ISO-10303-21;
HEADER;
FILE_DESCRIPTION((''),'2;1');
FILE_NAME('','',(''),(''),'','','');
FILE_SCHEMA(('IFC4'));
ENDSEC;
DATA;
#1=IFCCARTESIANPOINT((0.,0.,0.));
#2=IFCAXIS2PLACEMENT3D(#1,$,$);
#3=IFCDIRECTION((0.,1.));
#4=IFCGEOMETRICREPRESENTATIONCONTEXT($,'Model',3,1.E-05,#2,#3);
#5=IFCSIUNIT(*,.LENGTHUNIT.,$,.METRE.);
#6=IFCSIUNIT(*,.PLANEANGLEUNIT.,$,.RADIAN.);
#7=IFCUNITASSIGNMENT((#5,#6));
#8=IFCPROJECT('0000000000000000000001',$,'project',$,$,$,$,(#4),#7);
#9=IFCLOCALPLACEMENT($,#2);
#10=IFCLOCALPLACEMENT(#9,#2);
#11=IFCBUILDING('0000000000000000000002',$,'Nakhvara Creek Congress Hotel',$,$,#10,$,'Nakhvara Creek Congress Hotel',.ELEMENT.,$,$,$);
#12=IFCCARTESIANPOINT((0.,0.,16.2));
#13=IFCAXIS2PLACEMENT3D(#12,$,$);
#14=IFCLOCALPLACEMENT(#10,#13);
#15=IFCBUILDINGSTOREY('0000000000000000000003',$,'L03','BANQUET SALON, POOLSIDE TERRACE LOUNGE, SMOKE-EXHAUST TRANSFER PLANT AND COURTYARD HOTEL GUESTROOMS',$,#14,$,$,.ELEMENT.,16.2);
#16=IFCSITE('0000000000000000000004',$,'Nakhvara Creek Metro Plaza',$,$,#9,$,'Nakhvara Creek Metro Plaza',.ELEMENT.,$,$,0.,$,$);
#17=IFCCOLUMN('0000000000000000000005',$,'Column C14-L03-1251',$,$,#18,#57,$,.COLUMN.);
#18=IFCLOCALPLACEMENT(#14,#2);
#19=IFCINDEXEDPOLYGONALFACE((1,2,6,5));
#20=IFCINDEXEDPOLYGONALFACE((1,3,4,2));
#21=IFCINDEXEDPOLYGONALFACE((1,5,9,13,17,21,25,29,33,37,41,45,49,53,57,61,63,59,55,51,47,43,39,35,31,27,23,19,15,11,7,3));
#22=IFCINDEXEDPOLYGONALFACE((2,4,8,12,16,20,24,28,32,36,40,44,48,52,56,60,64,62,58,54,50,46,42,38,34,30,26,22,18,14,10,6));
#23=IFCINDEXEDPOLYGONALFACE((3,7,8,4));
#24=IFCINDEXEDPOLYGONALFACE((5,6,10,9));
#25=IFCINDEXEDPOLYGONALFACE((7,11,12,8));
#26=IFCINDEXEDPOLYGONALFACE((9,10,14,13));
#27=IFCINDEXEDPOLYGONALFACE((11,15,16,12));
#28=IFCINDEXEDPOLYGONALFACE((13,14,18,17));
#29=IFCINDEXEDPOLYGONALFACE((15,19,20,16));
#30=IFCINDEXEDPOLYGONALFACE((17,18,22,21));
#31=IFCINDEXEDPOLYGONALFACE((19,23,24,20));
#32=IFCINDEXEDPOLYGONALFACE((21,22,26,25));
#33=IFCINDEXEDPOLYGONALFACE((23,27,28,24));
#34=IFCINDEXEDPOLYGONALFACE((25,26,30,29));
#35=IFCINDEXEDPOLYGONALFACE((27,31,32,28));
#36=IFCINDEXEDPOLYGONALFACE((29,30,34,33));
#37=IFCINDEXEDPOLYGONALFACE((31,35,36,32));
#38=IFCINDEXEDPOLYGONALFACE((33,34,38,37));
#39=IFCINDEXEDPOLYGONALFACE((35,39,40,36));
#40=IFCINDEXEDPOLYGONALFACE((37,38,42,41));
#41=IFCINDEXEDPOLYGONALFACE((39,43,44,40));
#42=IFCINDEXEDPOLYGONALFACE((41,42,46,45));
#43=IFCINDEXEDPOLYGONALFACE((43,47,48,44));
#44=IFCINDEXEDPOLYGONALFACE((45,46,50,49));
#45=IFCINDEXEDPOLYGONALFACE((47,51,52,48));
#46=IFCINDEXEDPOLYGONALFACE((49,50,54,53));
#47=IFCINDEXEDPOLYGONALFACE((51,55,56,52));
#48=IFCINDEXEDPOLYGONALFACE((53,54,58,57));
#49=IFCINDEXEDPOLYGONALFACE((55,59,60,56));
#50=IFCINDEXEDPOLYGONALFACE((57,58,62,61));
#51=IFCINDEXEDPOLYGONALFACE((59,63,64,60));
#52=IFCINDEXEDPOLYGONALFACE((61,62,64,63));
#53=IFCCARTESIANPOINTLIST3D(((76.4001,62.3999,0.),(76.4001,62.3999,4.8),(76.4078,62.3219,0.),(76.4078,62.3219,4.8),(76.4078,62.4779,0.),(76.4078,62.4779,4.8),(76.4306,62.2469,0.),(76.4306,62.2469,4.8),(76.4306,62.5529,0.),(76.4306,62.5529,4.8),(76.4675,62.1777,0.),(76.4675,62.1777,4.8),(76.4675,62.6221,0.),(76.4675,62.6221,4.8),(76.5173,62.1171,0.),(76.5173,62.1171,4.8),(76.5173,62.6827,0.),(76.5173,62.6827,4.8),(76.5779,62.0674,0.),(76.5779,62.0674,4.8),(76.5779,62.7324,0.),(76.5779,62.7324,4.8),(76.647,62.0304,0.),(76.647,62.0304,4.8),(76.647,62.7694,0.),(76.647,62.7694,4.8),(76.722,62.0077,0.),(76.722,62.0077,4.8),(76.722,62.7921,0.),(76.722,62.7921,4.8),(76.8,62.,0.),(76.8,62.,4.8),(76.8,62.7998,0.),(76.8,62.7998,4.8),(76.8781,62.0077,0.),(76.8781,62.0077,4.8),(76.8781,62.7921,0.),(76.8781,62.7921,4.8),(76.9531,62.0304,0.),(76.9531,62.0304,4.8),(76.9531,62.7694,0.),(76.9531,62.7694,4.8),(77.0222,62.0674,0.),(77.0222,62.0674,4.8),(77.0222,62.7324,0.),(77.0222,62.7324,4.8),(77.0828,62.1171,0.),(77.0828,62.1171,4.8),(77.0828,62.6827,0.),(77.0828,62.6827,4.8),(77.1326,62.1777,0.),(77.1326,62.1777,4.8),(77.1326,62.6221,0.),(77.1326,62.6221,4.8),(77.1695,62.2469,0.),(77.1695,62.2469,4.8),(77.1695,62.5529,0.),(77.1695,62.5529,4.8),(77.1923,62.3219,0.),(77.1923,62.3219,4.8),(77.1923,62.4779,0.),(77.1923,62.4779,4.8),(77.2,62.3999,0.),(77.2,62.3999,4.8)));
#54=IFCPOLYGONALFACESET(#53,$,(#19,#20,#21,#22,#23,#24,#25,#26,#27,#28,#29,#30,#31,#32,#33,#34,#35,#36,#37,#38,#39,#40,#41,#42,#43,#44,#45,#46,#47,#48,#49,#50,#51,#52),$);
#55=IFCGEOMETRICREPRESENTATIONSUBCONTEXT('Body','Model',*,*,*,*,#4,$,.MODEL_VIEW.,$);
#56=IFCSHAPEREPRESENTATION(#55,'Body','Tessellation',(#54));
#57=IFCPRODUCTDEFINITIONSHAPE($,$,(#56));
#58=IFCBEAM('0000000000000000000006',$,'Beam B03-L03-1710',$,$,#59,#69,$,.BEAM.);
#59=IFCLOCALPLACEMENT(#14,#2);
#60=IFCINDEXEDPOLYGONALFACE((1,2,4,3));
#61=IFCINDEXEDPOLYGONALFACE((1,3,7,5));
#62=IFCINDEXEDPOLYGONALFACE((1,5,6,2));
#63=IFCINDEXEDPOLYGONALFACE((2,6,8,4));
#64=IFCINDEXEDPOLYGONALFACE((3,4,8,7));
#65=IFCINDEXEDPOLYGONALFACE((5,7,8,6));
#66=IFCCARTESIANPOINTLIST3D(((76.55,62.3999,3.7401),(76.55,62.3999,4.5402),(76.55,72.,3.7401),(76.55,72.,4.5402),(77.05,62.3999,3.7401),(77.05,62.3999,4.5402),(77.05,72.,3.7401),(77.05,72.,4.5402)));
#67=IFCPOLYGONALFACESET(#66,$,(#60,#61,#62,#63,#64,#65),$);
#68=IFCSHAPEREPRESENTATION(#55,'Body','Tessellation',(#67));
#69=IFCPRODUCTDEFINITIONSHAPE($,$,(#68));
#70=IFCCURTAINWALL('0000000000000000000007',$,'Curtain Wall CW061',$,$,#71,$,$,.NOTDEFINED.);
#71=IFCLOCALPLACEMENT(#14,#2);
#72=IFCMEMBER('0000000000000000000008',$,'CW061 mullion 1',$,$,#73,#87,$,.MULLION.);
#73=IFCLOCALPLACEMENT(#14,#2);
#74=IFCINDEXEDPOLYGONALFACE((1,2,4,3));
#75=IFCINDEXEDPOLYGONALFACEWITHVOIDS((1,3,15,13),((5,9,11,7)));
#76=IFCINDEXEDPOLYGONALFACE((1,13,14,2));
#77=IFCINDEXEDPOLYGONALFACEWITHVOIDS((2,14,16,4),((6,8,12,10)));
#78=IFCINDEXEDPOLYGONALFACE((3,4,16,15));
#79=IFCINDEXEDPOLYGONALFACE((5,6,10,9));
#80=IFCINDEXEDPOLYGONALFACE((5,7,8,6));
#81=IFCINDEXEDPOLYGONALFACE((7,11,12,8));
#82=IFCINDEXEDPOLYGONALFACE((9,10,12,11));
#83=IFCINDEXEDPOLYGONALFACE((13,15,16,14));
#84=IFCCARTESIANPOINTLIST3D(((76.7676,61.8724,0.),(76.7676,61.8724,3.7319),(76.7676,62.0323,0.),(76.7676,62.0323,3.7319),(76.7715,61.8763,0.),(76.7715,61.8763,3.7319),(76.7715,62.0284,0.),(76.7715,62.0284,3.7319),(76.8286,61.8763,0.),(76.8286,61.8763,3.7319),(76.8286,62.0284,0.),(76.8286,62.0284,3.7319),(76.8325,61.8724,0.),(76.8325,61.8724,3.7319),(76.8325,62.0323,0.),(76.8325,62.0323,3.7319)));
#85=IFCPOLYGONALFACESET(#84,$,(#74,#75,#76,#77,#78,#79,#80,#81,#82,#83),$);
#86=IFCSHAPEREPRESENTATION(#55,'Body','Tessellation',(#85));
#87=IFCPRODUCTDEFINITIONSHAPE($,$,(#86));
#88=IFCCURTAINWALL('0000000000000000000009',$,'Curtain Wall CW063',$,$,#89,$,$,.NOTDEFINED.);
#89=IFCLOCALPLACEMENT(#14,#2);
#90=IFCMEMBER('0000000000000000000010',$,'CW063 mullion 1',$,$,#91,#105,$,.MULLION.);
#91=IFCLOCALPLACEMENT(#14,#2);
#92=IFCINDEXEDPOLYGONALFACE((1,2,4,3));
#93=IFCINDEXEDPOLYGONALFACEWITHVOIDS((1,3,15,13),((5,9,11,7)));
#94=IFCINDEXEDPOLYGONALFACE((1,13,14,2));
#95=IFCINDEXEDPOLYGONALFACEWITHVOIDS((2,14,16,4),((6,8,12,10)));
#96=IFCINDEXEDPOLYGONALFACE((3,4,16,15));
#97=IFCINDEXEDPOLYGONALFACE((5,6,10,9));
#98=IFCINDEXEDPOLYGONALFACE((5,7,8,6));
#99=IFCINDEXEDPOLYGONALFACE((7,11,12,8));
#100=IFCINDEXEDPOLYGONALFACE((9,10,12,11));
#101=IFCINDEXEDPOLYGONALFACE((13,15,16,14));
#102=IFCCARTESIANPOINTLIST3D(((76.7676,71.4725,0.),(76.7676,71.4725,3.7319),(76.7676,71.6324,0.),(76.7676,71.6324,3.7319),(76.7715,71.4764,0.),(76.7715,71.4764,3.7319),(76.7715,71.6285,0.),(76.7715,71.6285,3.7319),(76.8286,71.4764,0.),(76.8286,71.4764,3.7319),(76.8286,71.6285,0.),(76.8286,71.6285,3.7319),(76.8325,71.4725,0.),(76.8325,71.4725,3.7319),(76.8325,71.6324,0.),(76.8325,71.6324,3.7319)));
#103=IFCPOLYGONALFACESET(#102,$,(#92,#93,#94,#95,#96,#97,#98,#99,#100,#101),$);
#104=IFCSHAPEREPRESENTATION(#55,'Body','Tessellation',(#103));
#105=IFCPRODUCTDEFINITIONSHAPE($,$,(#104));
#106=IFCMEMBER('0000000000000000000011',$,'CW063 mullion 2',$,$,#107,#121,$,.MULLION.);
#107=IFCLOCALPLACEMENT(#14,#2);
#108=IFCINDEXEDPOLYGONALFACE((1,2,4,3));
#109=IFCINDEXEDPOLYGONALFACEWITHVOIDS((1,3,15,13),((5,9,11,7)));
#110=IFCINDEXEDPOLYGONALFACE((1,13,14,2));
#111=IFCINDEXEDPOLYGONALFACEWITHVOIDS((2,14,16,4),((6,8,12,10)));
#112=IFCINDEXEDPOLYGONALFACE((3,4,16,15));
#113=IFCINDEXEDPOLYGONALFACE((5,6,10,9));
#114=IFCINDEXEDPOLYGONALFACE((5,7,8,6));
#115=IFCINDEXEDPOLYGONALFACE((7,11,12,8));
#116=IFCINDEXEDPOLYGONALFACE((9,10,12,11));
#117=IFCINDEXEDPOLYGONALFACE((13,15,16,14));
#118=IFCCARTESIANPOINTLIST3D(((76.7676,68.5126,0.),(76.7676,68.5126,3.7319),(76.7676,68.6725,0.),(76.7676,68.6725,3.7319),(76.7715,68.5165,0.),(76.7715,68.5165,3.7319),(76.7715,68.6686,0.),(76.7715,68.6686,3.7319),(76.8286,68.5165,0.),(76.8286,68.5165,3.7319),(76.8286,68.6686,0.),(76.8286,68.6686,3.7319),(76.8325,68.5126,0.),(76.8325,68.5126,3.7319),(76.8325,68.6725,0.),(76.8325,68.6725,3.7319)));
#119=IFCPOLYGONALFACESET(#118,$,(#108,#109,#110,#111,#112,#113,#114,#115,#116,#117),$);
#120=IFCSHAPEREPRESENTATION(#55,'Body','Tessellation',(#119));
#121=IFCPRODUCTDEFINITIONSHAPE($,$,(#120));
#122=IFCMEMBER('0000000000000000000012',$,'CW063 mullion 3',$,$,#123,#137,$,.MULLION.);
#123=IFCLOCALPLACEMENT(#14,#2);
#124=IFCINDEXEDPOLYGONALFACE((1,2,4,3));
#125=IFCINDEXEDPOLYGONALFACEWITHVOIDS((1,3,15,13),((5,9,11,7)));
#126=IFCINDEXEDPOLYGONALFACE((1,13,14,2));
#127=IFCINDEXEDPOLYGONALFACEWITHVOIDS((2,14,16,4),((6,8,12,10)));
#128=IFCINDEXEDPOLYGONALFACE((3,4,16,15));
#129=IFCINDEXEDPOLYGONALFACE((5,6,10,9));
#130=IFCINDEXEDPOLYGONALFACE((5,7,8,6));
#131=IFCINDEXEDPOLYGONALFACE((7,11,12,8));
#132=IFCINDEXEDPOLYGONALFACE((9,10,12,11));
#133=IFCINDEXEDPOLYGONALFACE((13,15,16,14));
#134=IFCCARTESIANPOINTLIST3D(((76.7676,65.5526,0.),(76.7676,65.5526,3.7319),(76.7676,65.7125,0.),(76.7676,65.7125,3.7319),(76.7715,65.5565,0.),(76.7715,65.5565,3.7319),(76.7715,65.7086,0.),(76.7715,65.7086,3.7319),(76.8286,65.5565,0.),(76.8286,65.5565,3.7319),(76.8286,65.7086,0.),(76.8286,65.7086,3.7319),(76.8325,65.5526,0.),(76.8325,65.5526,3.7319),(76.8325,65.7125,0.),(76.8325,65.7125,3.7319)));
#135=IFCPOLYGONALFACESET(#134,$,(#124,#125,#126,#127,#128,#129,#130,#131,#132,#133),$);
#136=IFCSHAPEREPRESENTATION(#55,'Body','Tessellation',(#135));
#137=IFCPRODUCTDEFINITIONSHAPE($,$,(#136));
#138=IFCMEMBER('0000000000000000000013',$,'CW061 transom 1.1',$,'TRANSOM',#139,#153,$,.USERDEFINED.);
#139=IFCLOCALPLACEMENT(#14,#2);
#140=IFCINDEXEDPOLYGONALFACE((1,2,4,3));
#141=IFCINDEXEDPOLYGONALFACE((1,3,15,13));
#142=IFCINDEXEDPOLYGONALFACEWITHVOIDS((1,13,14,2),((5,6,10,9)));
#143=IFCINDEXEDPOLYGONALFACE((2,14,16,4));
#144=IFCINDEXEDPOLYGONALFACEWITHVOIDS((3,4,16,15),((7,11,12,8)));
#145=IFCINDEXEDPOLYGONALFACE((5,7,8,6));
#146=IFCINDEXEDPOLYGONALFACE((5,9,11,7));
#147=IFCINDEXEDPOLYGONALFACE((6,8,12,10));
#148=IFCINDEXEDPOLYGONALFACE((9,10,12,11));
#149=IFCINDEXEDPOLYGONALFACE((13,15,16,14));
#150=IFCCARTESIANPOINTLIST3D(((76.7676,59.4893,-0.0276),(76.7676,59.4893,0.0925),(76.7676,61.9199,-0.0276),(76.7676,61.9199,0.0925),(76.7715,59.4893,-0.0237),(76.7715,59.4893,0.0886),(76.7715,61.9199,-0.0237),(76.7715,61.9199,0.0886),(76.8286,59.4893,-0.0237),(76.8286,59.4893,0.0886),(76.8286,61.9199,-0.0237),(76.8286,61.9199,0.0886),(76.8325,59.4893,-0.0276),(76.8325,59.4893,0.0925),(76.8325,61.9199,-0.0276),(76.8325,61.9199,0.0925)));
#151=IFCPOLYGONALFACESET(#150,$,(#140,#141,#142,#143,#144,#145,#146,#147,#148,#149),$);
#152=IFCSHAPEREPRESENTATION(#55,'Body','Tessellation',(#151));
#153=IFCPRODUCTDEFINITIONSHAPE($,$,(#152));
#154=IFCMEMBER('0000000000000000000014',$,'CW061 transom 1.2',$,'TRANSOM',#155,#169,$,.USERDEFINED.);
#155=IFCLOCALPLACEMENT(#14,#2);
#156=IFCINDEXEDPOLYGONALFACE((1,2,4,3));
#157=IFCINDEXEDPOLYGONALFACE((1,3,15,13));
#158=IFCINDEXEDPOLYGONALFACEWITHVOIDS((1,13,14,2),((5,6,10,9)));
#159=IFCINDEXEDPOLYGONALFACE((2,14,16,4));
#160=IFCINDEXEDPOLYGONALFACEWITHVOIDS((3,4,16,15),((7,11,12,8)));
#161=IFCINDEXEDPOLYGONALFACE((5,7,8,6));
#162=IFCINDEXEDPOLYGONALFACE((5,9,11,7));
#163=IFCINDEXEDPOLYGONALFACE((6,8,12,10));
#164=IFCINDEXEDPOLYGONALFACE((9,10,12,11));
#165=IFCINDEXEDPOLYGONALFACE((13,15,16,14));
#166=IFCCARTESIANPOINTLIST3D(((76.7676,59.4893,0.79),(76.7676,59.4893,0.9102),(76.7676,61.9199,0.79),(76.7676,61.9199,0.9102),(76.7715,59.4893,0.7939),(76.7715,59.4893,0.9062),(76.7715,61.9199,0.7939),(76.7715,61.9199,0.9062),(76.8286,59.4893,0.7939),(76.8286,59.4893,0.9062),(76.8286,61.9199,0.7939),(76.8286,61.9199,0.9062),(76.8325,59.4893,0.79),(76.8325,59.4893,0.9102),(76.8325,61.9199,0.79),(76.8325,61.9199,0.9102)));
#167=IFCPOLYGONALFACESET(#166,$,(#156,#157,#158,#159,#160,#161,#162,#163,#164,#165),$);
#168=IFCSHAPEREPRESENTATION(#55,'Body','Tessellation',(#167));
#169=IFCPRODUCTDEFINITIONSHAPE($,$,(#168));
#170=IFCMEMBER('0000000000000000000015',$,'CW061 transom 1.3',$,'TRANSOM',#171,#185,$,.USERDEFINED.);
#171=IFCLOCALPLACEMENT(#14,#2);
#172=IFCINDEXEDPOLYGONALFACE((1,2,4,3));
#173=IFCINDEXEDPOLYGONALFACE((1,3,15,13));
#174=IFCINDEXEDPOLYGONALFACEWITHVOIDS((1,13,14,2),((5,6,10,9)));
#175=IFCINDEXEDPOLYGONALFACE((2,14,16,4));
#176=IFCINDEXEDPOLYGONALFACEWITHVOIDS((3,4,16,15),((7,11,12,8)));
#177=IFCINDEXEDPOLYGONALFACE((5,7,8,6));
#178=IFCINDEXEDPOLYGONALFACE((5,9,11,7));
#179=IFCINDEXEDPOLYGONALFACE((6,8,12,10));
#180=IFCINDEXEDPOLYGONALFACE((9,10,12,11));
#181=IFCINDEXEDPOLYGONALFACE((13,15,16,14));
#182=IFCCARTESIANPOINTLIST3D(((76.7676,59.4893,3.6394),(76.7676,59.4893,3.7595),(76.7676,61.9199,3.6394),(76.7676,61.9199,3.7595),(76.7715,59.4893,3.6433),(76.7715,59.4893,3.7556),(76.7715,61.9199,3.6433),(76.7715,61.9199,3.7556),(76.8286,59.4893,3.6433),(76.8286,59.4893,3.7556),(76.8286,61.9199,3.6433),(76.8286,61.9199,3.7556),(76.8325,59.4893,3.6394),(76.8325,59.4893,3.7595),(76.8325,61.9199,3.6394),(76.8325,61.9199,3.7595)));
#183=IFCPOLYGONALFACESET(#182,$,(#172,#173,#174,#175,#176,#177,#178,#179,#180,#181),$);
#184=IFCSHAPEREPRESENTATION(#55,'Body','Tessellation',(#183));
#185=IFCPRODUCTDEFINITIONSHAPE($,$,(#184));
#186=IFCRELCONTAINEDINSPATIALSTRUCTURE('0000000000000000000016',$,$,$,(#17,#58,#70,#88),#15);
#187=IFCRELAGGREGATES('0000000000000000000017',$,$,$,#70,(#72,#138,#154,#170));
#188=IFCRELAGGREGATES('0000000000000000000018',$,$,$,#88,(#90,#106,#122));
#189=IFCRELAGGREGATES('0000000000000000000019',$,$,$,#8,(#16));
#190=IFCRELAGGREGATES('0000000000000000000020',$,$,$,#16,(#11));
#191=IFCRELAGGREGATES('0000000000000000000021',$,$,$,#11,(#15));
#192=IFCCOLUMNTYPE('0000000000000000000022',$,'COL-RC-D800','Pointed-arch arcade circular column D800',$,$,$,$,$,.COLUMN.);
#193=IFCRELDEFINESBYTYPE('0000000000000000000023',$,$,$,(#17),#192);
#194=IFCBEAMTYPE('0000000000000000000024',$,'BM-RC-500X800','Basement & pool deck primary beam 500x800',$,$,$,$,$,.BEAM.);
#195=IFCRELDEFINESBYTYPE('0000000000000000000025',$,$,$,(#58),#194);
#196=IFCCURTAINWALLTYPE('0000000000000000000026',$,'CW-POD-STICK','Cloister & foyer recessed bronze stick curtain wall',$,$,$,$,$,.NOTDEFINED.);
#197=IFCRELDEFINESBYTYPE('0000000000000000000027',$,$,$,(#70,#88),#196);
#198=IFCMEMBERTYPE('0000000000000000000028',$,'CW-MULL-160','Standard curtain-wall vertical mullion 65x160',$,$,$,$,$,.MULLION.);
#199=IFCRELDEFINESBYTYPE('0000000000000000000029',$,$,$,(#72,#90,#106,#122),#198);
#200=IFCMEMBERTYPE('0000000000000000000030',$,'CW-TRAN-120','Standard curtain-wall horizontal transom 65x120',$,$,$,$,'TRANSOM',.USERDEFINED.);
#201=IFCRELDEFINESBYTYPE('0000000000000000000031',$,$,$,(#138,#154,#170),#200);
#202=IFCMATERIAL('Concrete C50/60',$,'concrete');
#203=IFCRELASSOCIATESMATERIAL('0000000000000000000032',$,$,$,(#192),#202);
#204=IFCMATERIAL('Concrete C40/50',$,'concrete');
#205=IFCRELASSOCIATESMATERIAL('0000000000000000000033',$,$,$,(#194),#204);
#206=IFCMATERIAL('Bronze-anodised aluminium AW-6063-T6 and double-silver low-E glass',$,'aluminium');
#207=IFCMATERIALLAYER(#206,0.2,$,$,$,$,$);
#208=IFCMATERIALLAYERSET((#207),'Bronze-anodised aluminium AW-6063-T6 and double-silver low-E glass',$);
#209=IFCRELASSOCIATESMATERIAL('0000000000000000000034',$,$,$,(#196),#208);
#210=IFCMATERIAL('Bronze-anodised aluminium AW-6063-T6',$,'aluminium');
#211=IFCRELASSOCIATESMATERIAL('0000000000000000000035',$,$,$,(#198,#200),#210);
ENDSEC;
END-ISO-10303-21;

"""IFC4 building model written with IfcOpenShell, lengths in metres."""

from ifc_helpers import new_model, si_unit, direction, frame, origin, origin_2d, place, context, subcontext, project, spatial, rectangle, hollow_rectangle, circle, extrude, material, layer, layer_set, material_profile, profile_set, type_object, element, aggregate, save


model = new_model("IFC4")

# Units and contexts
model_context = context("Model", 3, precision=1e-05, world=origin(), true_north=direction((0.0, 1.0)))
body_context = subcontext(model_context, "Body", "Model", "MODEL_VIEW")
ifc_project = project(units=[si_unit("LENGTHUNIT", "METRE"), si_unit("PLANEANGLEUNIT", "RADIAN")], contexts=[model_context])

# Site, building, storey
site_placement = place(None, origin())
site = spatial("IfcSite", under=ifc_project, at=site_placement, Name="Nakhvara Creek Metro Plaza", LongName="Nakhvara Creek Metro Plaza", CompositionType="ELEMENT", RefElevation=0.0)
building_placement = place(site_placement, origin())
building = spatial("IfcBuilding", under=site, at=building_placement, Name="Nakhvara Creek Congress Hotel", LongName="Nakhvara Creek Congress Hotel", CompositionType="ELEMENT")
storey_placement = place(building_placement, frame((0.0, 0.0, 16.2)))
storey = spatial("IfcBuildingStorey", under=building, at=storey_placement, Name="L03", Description="BANQUET SALON, POOLSIDE TERRACE LOUNGE, SMOKE-EXHAUST TRANSFER PLANT AND COURTYARD HOTEL GUESTROOMS", CompositionType="ELEMENT", Elevation=16.2)

# Column
ifc_material_1 = material(Name="Concrete C50/60", Category="concrete")
ifc_material_profile_1 = material_profile(ifc_material_1, circle(Radius=0.3999, at=origin_2d()), Name="RC-COL D800", Category="LoadBearing")
ifc_profile_set_1 = profile_set([ifc_material_profile_1], Name="Concrete C50/60")
column_type = type_object("IfcColumnType", Name="COL-RC-D800", Description="Pointed-arch arcade circular column D800", PredefinedType="COLUMN", material=ifc_profile_set_1)
column_placement = place(storey_placement, frame((76.8, 62.3999, 0.0), z_axis=(0.0, 0.0, 1.0), x_axis=(1.0, 0.0, 0.0)))
element("IfcColumn", 1, at=column_placement, inside=storey, type_object=column_type, Name="Column C14-L03-1251", PredefinedType="COLUMN", context=body_context, shape_type="SweptSolid", body=[
    extrude(circle(Radius=0.3999, at=origin_2d()), origin(), (0.0, 0.0, 1.0), 4.8),
])

# Beam
ifc_material_2 = material(Name="Concrete C40/50", Category="concrete")
ifc_material_profile_2 = material_profile(ifc_material_2, rectangle(XDim=0.5, YDim=0.8, at=origin_2d()), Name="RC-BM 500x800", Category="LoadBearing")
ifc_profile_set_2 = profile_set([ifc_material_profile_2], Name="Concrete C40/50")
beam_type = type_object("IfcBeamType", Name="BM-RC-500X800", Description="Basement & pool deck primary beam 500x800", PredefinedType="BEAM", material=ifc_profile_set_2)
beam_placement = place(storey_placement, frame((76.8, 62.3999, 4.1401), z_axis=(0.0, 1.0, 0.0), x_axis=(-1.0, 0.0, 0.0)))
element("IfcBeam", 2, at=beam_placement, inside=storey, type_object=beam_type, Name="Beam B03-L03-1710", PredefinedType="BEAM", context=body_context, shape_type="SweptSolid", body=[
    extrude(rectangle(XDim=0.5, YDim=0.8, at=origin_2d()), origin(), (0.0, 0.0, 1.0), 9.6001),
])

# Curtain wall, member
ifc_material_3 = material(Name="Bronze-anodised aluminium AW-6063-T6 and double-silver low-E glass", Category="aluminium")
ifc_layer = layer(ifc_material_3, 0.2)
ifc_layer_set = layer_set([ifc_layer], Name="Bronze-anodised aluminium AW-6063-T6 and double-silver low-E glass")
curtain_wall_type = type_object("IfcCurtainWallType", Name="CW-POD-STICK", Description="Cloister & foyer recessed bronze stick curtain wall", PredefinedType="NOTDEFINED", material=ifc_layer_set)
curtain_wall_1_placement = place(storey_placement, origin())
curtain_wall_1 = element("IfcCurtainWall", 3, at=curtain_wall_1_placement, inside=storey, type_object=curtain_wall_type, Name="Curtain Wall CW061", PredefinedType="NOTDEFINED")
ifc_material_4 = material(Name="Bronze-anodised aluminium AW-6063-T6", Category="aluminium")
ifc_material_profile_3 = material_profile(ifc_material_4, hollow_rectangle(XDim=0.0649, YDim=0.1599, WallThickness=0.0039, at=origin_2d()), Name="ALU-MULL 65x160x4", Category="LoadBearing")
ifc_profile_set_3 = profile_set([ifc_material_profile_3], Name="Bronze-anodised aluminium AW-6063-T6")
member_type_1 = type_object("IfcMemberType", Name="CW-MULL-160", Description="Standard curtain-wall vertical mullion 65x160", PredefinedType="MULLION", material=ifc_profile_set_3)
member_1_placement = place(storey_placement, frame((76.8, 61.9524, 0.0), z_axis=(0.0, 0.0, 1.0), x_axis=(1.0, 0.0, 0.0)))
member_1 = element("IfcMember", 4, at=member_1_placement, type_object=member_type_1, Name="CW061 mullion 1", PredefinedType="MULLION", context=body_context, shape_type="SweptSolid", body=[
    extrude(hollow_rectangle(XDim=0.0649, YDim=0.1599, WallThickness=0.0039, at=origin_2d()), origin(), (0.0, 0.0, 1.0), 3.7319),
])

# Curtain wall, members
curtain_wall_2_placement = place(storey_placement, origin())
curtain_wall_2 = element("IfcCurtainWall", 5, at=curtain_wall_2_placement, inside=storey, type_object=curtain_wall_type, Name="Curtain Wall CW063", PredefinedType="NOTDEFINED")
member_2_placement = place(storey_placement, frame((76.8, 71.5525, 0.0), z_axis=(0.0, 0.0, 1.0), x_axis=(1.0, 0.0, 0.0)))
member_2 = element("IfcMember", 6, at=member_2_placement, type_object=member_type_1, Name="CW063 mullion 1", PredefinedType="MULLION", context=body_context, shape_type="SweptSolid", body=[
    extrude(hollow_rectangle(XDim=0.0649, YDim=0.1599, WallThickness=0.0039, at=origin_2d()), origin(), (0.0, 0.0, 1.0), 3.7319),
])
member_3_placement = place(storey_placement, frame((76.8, 68.5925, 0.0), z_axis=(0.0, 0.0, 1.0), x_axis=(1.0, 0.0, 0.0)))
member_3 = element("IfcMember", 7, at=member_3_placement, type_object=member_type_1, Name="CW063 mullion 2", PredefinedType="MULLION", context=body_context, shape_type="SweptSolid", body=[
    extrude(hollow_rectangle(XDim=0.0649, YDim=0.1599, WallThickness=0.0039, at=origin_2d()), origin(), (0.0, 0.0, 1.0), 3.7319),
])
member_4_placement = place(storey_placement, frame((76.8, 65.6326, 0.0), z_axis=(0.0, 0.0, 1.0), x_axis=(1.0, 0.0, 0.0)))
member_4 = element("IfcMember", 8, at=member_4_placement, type_object=member_type_1, Name="CW063 mullion 3", PredefinedType="MULLION", context=body_context, shape_type="SweptSolid", body=[
    extrude(hollow_rectangle(XDim=0.0649, YDim=0.1599, WallThickness=0.0039, at=origin_2d()), origin(), (0.0, 0.0, 1.0), 3.7319),
])

# Members
ifc_material_profile_4 = material_profile(ifc_material_4, hollow_rectangle(XDim=0.0649, YDim=0.1201, WallThickness=0.0039, at=origin_2d()), Name="ALU-TRAN 65x120x4", Category="LoadBearing")
ifc_profile_set_4 = profile_set([ifc_material_profile_4], Name="Bronze-anodised aluminium AW-6063-T6")
member_type_2 = type_object("IfcMemberType", Name="CW-TRAN-120", Description="Standard curtain-wall horizontal transom 65x120", ElementType="TRANSOM", PredefinedType="USERDEFINED", material=ifc_profile_set_4)
member_5_placement = place(storey_placement, frame((76.8, 61.9199, 0.0325), z_axis=(0.0, -1.0, 0.0), x_axis=(1.0, 0.0, 0.0)))
member_5 = element("IfcMember", 9, at=member_5_placement, type_object=member_type_2, Name="CW061 transom 1.1", ObjectType="TRANSOM", PredefinedType="USERDEFINED", context=body_context, shape_type="SweptSolid", body=[
    extrude(hollow_rectangle(XDim=0.0649, YDim=0.1201, WallThickness=0.0039, at=origin_2d()), origin(), (0.0, 0.0, 1.0), 2.4307),
])
member_6_placement = place(storey_placement, frame((76.8, 61.9199, 0.8501), z_axis=(0.0, -1.0, 0.0), x_axis=(1.0, 0.0, 0.0)))
member_6 = element("IfcMember", 10, at=member_6_placement, type_object=member_type_2, Name="CW061 transom 1.2", ObjectType="TRANSOM", PredefinedType="USERDEFINED", context=body_context, shape_type="SweptSolid", body=[
    extrude(hollow_rectangle(XDim=0.0649, YDim=0.1201, WallThickness=0.0039, at=origin_2d()), origin(), (0.0, 0.0, 1.0), 2.4307),
])
member_7_placement = place(storey_placement, frame((76.8, 61.9199, 3.6995), z_axis=(0.0, -1.0, 0.0), x_axis=(1.0, 0.0, 0.0)))
member_7 = element("IfcMember", 11, at=member_7_placement, type_object=member_type_2, Name="CW061 transom 1.3", ObjectType="TRANSOM", PredefinedType="USERDEFINED", context=body_context, shape_type="SweptSolid", body=[
    extrude(hollow_rectangle(XDim=0.0649, YDim=0.1201, WallThickness=0.0039, at=origin_2d()), origin(), (0.0, 0.0, 1.0), 2.4307),
])

aggregate(curtain_wall_1, [member_1, member_5, member_6, member_7])
aggregate(curtain_wall_2, [member_2, member_3, member_4])

save(model, "model.ifc")
